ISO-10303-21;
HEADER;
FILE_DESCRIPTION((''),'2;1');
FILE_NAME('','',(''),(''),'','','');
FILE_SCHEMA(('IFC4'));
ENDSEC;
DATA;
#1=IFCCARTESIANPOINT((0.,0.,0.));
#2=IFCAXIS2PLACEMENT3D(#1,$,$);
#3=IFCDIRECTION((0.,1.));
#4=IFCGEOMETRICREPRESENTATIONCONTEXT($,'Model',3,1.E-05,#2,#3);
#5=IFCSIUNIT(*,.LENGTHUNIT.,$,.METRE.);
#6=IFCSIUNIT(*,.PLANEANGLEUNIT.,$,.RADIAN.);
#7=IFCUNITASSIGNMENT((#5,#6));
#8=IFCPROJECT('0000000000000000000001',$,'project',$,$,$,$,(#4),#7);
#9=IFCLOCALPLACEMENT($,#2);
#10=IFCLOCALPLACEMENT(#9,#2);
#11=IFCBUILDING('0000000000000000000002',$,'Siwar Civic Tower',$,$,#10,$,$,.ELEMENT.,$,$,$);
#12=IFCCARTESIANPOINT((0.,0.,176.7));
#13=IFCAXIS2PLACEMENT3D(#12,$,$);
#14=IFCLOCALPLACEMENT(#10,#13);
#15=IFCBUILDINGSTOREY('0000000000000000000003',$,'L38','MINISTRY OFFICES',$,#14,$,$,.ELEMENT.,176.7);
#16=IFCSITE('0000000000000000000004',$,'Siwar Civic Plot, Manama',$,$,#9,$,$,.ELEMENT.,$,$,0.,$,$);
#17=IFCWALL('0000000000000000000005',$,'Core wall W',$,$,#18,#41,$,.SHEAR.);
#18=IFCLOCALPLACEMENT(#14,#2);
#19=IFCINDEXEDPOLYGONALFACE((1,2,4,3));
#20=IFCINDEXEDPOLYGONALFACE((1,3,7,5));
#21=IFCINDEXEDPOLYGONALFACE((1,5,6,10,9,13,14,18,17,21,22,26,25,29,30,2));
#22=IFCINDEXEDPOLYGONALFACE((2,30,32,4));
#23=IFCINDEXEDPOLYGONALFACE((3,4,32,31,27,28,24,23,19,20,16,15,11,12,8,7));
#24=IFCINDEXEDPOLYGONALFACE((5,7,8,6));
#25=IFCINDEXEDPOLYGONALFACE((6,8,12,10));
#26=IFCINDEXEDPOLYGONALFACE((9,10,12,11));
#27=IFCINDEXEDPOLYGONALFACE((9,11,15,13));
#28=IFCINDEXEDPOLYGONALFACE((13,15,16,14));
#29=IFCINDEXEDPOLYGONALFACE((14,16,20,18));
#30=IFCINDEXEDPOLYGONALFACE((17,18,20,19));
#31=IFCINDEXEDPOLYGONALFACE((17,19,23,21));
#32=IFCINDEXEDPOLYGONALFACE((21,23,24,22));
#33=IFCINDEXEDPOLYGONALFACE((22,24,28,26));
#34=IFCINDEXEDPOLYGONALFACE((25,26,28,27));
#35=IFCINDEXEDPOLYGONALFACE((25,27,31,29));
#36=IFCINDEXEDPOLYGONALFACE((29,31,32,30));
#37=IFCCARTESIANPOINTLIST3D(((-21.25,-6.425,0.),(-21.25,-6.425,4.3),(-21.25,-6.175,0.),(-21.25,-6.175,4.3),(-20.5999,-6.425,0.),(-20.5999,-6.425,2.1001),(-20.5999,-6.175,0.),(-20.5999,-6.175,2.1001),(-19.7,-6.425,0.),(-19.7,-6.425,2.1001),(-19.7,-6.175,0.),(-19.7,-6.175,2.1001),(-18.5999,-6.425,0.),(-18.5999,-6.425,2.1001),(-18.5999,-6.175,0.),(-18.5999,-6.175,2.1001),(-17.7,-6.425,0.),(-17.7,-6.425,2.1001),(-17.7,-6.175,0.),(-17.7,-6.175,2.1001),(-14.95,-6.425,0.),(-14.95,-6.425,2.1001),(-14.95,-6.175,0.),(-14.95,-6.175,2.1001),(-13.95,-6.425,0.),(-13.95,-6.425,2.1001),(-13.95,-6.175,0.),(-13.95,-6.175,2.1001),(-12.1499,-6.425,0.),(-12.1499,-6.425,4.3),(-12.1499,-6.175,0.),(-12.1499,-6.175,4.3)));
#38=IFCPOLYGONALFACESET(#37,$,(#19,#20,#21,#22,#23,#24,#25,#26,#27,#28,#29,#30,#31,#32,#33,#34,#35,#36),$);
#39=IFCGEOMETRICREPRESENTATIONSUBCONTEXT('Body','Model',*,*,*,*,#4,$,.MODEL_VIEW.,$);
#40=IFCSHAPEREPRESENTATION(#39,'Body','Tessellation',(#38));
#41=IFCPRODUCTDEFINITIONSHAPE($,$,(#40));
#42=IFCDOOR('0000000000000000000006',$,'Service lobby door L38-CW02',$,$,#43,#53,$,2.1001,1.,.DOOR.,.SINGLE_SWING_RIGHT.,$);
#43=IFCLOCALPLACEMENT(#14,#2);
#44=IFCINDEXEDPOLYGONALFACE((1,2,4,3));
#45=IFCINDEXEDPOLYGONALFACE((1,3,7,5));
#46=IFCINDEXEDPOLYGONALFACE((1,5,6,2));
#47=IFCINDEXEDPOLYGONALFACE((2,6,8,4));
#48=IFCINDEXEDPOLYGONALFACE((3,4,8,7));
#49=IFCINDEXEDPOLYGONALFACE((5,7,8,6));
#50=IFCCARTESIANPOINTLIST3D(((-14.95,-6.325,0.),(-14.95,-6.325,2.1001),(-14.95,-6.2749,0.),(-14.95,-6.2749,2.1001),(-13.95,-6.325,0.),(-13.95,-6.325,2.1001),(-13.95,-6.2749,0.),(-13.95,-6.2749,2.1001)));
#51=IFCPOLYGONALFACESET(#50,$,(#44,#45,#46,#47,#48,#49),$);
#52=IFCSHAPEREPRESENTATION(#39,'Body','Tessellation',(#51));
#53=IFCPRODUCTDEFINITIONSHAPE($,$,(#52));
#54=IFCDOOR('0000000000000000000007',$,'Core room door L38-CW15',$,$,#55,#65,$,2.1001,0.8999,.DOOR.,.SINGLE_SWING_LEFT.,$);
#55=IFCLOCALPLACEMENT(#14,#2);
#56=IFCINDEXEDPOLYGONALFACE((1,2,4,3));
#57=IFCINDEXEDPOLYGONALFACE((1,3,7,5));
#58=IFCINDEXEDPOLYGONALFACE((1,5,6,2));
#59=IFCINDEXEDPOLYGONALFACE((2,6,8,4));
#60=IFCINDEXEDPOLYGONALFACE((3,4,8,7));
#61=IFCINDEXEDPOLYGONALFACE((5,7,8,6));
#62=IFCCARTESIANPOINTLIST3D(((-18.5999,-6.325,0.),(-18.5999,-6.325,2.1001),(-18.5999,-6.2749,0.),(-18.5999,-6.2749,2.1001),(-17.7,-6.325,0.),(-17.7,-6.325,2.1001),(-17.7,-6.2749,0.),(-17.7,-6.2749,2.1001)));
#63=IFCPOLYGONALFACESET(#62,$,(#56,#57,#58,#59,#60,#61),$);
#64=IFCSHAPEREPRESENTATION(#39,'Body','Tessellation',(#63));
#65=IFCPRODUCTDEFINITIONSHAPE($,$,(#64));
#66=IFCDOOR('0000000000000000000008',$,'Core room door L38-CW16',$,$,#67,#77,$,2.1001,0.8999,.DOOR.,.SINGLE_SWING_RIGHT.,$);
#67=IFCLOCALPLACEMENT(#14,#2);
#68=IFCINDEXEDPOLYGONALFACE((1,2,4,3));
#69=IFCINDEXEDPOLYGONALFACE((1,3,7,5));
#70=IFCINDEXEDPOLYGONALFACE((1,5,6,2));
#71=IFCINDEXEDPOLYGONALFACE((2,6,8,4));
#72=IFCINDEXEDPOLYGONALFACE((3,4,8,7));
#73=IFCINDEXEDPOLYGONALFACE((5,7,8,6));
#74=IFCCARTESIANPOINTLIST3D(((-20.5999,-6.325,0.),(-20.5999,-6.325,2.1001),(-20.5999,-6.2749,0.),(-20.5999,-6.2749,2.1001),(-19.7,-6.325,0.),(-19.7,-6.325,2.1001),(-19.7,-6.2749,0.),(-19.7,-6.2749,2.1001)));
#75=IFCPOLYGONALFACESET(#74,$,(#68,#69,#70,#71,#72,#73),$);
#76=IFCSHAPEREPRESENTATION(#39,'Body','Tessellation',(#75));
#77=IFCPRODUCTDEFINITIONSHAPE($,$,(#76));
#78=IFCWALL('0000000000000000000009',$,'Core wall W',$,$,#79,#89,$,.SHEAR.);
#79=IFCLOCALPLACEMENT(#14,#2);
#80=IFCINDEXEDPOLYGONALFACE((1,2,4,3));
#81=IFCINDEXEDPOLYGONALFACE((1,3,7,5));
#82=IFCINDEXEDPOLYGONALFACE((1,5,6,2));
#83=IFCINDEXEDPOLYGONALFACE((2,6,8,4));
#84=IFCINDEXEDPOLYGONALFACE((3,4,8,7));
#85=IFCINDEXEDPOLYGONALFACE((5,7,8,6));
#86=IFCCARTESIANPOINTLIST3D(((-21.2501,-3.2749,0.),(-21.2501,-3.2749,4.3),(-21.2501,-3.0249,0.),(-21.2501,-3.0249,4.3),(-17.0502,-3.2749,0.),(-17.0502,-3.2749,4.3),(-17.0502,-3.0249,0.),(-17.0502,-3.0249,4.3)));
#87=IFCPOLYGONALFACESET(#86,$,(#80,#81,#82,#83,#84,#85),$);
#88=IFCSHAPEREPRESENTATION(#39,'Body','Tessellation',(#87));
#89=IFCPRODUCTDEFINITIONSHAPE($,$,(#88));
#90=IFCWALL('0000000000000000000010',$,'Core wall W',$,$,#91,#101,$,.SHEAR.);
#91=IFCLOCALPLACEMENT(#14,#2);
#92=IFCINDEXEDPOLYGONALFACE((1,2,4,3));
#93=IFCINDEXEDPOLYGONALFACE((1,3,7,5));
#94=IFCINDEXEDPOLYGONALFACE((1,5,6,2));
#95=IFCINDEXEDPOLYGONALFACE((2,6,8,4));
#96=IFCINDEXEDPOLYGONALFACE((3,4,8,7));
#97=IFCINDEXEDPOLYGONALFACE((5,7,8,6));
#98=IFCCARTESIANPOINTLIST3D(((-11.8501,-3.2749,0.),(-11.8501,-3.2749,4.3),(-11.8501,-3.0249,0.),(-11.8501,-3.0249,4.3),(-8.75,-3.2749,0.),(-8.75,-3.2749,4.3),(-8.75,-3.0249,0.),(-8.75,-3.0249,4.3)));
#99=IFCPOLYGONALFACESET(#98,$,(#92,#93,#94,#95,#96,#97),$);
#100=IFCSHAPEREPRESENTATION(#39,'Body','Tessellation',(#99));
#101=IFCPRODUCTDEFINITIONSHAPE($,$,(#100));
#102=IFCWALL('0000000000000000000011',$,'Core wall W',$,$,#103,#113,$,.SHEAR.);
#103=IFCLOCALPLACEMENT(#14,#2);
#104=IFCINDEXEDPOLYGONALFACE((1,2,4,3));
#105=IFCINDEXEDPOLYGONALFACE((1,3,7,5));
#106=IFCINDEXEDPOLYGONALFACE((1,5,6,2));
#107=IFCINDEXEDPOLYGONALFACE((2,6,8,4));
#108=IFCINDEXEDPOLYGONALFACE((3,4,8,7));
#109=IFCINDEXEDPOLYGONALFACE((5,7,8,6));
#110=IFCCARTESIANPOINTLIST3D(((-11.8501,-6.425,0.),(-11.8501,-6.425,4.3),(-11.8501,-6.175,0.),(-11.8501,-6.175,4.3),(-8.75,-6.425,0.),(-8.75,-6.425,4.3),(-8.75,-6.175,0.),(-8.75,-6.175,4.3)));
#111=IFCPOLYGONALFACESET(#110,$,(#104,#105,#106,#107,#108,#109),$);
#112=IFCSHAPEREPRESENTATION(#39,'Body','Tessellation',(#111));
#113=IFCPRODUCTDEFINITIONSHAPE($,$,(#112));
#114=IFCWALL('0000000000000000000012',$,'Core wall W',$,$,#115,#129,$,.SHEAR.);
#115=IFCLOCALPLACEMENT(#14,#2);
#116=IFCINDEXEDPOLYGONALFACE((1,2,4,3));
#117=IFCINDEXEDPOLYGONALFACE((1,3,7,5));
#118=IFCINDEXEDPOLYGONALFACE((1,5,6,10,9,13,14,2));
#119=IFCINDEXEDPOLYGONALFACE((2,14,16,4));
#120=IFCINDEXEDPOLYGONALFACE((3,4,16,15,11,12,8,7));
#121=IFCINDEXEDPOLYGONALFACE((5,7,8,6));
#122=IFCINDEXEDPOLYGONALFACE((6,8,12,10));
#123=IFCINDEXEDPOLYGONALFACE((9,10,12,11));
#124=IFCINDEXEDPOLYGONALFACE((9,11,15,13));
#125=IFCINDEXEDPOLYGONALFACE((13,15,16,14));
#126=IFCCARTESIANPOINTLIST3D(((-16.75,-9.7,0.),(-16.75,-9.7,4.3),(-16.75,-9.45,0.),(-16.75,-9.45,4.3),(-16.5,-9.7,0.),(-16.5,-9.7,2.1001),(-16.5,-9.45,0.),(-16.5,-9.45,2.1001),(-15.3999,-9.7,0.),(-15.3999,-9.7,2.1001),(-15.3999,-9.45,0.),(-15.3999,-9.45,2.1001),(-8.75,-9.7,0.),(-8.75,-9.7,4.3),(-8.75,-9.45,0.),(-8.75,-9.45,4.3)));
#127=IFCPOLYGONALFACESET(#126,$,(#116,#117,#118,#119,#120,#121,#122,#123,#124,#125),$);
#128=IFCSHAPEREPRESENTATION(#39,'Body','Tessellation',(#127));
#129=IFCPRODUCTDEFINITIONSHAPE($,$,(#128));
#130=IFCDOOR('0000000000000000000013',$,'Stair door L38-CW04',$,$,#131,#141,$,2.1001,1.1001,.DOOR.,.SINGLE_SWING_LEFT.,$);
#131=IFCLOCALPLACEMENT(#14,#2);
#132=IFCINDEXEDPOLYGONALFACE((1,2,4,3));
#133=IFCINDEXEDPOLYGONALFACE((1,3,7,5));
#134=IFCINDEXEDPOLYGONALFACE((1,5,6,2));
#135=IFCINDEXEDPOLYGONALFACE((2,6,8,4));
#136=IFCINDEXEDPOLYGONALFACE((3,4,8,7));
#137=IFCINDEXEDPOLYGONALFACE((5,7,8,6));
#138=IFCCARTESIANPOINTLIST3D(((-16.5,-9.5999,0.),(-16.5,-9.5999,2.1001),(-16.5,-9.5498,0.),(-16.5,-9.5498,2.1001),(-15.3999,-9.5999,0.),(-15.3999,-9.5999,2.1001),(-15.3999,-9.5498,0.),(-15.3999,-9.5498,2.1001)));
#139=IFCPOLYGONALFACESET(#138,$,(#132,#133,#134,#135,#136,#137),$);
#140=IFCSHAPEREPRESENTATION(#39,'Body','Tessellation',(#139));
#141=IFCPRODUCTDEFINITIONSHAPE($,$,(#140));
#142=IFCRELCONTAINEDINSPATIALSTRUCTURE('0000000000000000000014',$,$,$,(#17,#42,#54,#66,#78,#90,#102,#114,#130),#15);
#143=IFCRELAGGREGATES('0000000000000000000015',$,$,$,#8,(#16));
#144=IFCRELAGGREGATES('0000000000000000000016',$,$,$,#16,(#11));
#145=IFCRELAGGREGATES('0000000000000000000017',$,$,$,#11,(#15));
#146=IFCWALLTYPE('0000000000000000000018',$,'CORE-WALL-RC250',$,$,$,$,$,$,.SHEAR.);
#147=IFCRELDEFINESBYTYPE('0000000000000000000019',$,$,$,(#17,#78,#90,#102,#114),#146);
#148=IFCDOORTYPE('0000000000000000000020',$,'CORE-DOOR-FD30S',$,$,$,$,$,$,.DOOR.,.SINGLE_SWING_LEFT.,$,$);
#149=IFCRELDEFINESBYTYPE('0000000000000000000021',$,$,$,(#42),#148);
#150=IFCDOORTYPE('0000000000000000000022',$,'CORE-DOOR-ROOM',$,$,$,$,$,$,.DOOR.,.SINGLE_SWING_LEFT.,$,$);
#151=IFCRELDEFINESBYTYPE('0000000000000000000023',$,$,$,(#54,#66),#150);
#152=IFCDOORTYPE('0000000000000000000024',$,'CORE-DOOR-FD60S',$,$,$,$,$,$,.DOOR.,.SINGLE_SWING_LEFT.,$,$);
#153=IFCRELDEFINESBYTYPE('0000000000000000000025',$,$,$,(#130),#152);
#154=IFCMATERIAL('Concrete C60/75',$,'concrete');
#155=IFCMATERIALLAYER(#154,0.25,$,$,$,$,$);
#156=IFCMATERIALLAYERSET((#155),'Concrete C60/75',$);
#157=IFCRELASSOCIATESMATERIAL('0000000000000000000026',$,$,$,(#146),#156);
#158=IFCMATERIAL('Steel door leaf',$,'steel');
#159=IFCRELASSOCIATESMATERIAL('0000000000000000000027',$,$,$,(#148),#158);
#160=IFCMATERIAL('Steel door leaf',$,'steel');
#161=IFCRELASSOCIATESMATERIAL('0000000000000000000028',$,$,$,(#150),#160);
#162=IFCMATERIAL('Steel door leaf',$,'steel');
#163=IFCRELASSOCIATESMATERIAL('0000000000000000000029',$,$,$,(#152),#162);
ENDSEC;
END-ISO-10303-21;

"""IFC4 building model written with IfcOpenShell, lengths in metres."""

from ifc_helpers import new_model, si_unit, direction, frame, frame_2d, origin, place, context, subcontext, project, spatial, rectangle, extrude, material, layer, layer_set, type_object, element, fill, save


model = new_model("IFC4")

# Units and contexts
model_context = context("Model", 3, precision=1e-05, world=origin(), true_north=direction((0.0, 1.0)))
body_context = subcontext(model_context, "Body", "Model", "MODEL_VIEW")
ifc_project = project(units=[si_unit("LENGTHUNIT", "METRE"), si_unit("PLANEANGLEUNIT", "RADIAN")], contexts=[model_context])

# Site, building, storey
site_placement = place(None, origin())
site = spatial("IfcSite", under=ifc_project, at=site_placement, Name="Siwar Civic Plot, Manama", CompositionType="ELEMENT", RefElevation=0.0)
building_placement = place(site_placement, origin())
building = spatial("IfcBuilding", under=site, at=building_placement, Name="Siwar Civic Tower", CompositionType="ELEMENT")
storey_placement = place(building_placement, frame((0.0, 0.0, 176.7)))
storey = spatial("IfcBuildingStorey", under=building, at=storey_placement, Name="L38", Description="MINISTRY OFFICES", CompositionType="ELEMENT", Elevation=176.7)

# Wall, openings, doors
ifc_material_1 = material(Name="Concrete C60/75", Category="concrete")
ifc_layer_1 = layer(ifc_material_1, 0.25)
ifc_layer_set_1 = layer_set([ifc_layer_1], Name="Concrete C60/75")
wall_type_1 = type_object("IfcWallType", Name="CORE-WALL-RC250", PredefinedType="SHEAR", material=ifc_layer_set_1)
wall_1_placement = place(storey_placement, frame((-12.1499, -6.3, 0.0), z_axis=(0.0, 0.0, 1.0), x_axis=(-1.0, 0.0, 0.0)))
wall_1 = element("IfcWall", 1, at=wall_1_placement, inside=storey, type_object=wall_type_1, Name="Core wall W", PredefinedType="SHEAR", context=body_context, shape_type="SweptSolid", body=[
    extrude(rectangle(XDim=9.1001, YDim=0.25, at=frame_2d((4.55, 0.0))), origin(), (0.0, 0.0, 1.0), 4.3),
])
opening_1_placement = place(wall_1_placement, frame((1.8, 0.0, 0.0)))
opening_1 = element("IfcOpeningElement", 2, at=opening_1_placement, cuts=wall_1, PredefinedType="OPENING", context=body_context, shape_type="SweptSolid", body=[
    extrude(rectangle(XDim=1.0, YDim=2.1001, at=frame_2d((0.5, 1.05))), frame((0.0, 0.135, 0.0), z_axis=(0.0, -1.0, 0.0), x_axis=(1.0, 0.0, 0.0)), (0.0, 0.0, 1.0), 0.27),
])
opening_2_placement = place(wall_1_placement, frame((5.55, 0.0, 0.0)))
opening_2 = element("IfcOpeningElement", 3, at=opening_2_placement, cuts=wall_1, PredefinedType="OPENING", context=body_context, shape_type="SweptSolid", body=[
    extrude(rectangle(XDim=0.8999, YDim=2.1001, at=frame_2d((0.45, 1.05))), frame((0.0, 0.135, 0.0), z_axis=(0.0, -1.0, 0.0), x_axis=(1.0, 0.0, 0.0)), (0.0, 0.0, 1.0), 0.27),
])
opening_3_placement = place(wall_1_placement, frame((7.55, 0.0, 0.0)))
opening_3 = element("IfcOpeningElement", 4, at=opening_3_placement, cuts=wall_1, PredefinedType="OPENING", context=body_context, shape_type="SweptSolid", body=[
    extrude(rectangle(XDim=0.8999, YDim=2.1001, at=frame_2d((0.45, 1.05))), frame((0.0, 0.135, 0.0), z_axis=(0.0, -1.0, 0.0), x_axis=(1.0, 0.0, 0.0)), (0.0, 0.0, 1.0), 0.27),
])
ifc_material_2 = material(Name="Steel door leaf", Category="steel")
door_type_1 = type_object("IfcDoorType", Name="CORE-DOOR-FD30S", OperationType="SINGLE_SWING_LEFT", PredefinedType="DOOR", material=ifc_material_2)
door_1_placement = place(opening_1_placement, origin())
door_1 = element("IfcDoor", 5, at=door_1_placement, inside=storey, type_object=door_type_1, Name="Service lobby door L38-CW02", OperationType="SINGLE_SWING_RIGHT", OverallHeight=2.1001, OverallWidth=1.0, PredefinedType="DOOR", context=body_context, shape_type="SweptSolid", body=[
    extrude(rectangle(XDim=1.0, YDim=2.1001, at=frame_2d((0.5, 1.05))), frame((0.0, 0.0249, 0.0), z_axis=(0.0, -1.0, 0.0), x_axis=(1.0, 0.0, 0.0)), (0.0, 0.0, 1.0), 0.05),
])
fill(opening_1, door_1)
ifc_material_3 = material(Name="Steel door leaf", Category="steel")
door_type_2 = type_object("IfcDoorType", Name="CORE-DOOR-ROOM", OperationType="SINGLE_SWING_LEFT", PredefinedType="DOOR", material=ifc_material_3)
door_2_placement = place(opening_2_placement, origin())
door_2 = element("IfcDoor", 6, at=door_2_placement, inside=storey, type_object=door_type_2, Name="Core room door L38-CW15", OperationType="SINGLE_SWING_LEFT", OverallHeight=2.1001, OverallWidth=0.8999, PredefinedType="DOOR", context=body_context, shape_type="SweptSolid", body=[
    extrude(rectangle(XDim=0.8999, YDim=2.1001, at=frame_2d((0.45, 1.05))), frame((0.0, 0.0249, 0.0), z_axis=(0.0, -1.0, 0.0), x_axis=(1.0, 0.0, 0.0)), (0.0, 0.0, 1.0), 0.05),
])
fill(opening_2, door_2)
door_3_placement = place(opening_3_placement, origin())
door_3 = element("IfcDoor", 7, at=door_3_placement, inside=storey, type_object=door_type_2, Name="Core room door L38-CW16", OperationType="SINGLE_SWING_RIGHT", OverallHeight=2.1001, OverallWidth=0.8999, PredefinedType="DOOR", context=body_context, shape_type="SweptSolid", body=[
    extrude(rectangle(XDim=0.8999, YDim=2.1001, at=frame_2d((0.45, 1.05))), frame((0.0, 0.0249, 0.0), z_axis=(0.0, -1.0, 0.0), x_axis=(1.0, 0.0, 0.0)), (0.0, 0.0, 1.0), 0.05),
])
fill(opening_3, door_3)

# Walls
wall_2_placement = place(storey_placement, frame((-17.05, -3.1499, 0.0), z_axis=(0.0, 0.0, 1.0), x_axis=(-1.0, 0.0, 0.0)))
element("IfcWall", 8, at=wall_2_placement, inside=storey, type_object=wall_type_1, Name="Core wall W", PredefinedType="SHEAR", context=body_context, shape_type="SweptSolid", body=[
    extrude(rectangle(XDim=4.2, YDim=0.25, at=frame_2d((2.1001, 0.0))), origin(), (0.0, 0.0, 1.0), 4.3),
])
for number, where, z_axis, x_axis, name in (
    (9, (-8.75, -3.1499, 0.0), (0.0, 0.0, 1.0), (-1.0, 0.0, 0.0), "Core wall W"),
    (10, (-8.75, -6.3, 0.0), (0.0, 0.0, 1.0), (-1.0, 0.0, 0.0), "Core wall W"),
):
    element("IfcWall", number, at=place(storey_placement, frame(where, z_axis=z_axis, x_axis=x_axis)), inside=storey, type_object=wall_type_1, Name=name, PredefinedType="SHEAR", context=body_context, shape_type="SweptSolid", body=[
        extrude(rectangle(XDim=3.1001, YDim=0.25, at=frame_2d((1.55, 0.0))), origin(), (0.0, 0.0, 1.0), 4.3),
    ])

# Wall, opening, door
wall_3_placement = place(storey_placement, frame((-8.75, -9.575, 0.0), z_axis=(0.0, 0.0, 1.0), x_axis=(-1.0, 0.0, 0.0)))
wall_3 = element("IfcWall", 11, at=wall_3_placement, inside=storey, type_object=wall_type_1, Name="Core wall W", PredefinedType="SHEAR", context=body_context, shape_type="SweptSolid", body=[
    extrude(rectangle(XDim=8.0, YDim=0.25, at=frame_2d((4.0, 0.0))), origin(), (0.0, 0.0, 1.0), 4.3),
])
opening_4_placement = place(wall_3_placement, frame((6.6499, 0.0, 0.0)))
opening_4 = element("IfcOpeningElement", 12, at=opening_4_placement, cuts=wall_3, PredefinedType="OPENING", context=body_context, shape_type="SweptSolid", body=[
    extrude(rectangle(XDim=1.1001, YDim=2.1001, at=frame_2d((0.55, 1.05))), frame((0.0, 0.135, 0.0), z_axis=(0.0, -1.0, 0.0), x_axis=(1.0, 0.0, 0.0)), (0.0, 0.0, 1.0), 0.27),
])
ifc_material_4 = material(Name="Steel door leaf", Category="steel")
door_type_3 = type_object("IfcDoorType", Name="CORE-DOOR-FD60S", OperationType="SINGLE_SWING_LEFT", PredefinedType="DOOR", material=ifc_material_4)
door_4_placement = place(opening_4_placement, origin())
door_4 = element("IfcDoor", 13, at=door_4_placement, inside=storey, type_object=door_type_3, Name="Stair door L38-CW04", OperationType="SINGLE_SWING_LEFT", OverallHeight=2.1001, OverallWidth=1.1001, PredefinedType="DOOR", context=body_context, shape_type="SweptSolid", body=[
    extrude(rectangle(XDim=1.1001, YDim=2.1001, at=frame_2d((0.55, 1.05))), frame((0.0, 0.0249, 0.0), z_axis=(0.0, -1.0, 0.0), x_axis=(1.0, 0.0, 0.0)), (0.0, 0.0, 1.0), 0.05),
])
fill(opening_4, door_4)

save(model, "model.ifc")
